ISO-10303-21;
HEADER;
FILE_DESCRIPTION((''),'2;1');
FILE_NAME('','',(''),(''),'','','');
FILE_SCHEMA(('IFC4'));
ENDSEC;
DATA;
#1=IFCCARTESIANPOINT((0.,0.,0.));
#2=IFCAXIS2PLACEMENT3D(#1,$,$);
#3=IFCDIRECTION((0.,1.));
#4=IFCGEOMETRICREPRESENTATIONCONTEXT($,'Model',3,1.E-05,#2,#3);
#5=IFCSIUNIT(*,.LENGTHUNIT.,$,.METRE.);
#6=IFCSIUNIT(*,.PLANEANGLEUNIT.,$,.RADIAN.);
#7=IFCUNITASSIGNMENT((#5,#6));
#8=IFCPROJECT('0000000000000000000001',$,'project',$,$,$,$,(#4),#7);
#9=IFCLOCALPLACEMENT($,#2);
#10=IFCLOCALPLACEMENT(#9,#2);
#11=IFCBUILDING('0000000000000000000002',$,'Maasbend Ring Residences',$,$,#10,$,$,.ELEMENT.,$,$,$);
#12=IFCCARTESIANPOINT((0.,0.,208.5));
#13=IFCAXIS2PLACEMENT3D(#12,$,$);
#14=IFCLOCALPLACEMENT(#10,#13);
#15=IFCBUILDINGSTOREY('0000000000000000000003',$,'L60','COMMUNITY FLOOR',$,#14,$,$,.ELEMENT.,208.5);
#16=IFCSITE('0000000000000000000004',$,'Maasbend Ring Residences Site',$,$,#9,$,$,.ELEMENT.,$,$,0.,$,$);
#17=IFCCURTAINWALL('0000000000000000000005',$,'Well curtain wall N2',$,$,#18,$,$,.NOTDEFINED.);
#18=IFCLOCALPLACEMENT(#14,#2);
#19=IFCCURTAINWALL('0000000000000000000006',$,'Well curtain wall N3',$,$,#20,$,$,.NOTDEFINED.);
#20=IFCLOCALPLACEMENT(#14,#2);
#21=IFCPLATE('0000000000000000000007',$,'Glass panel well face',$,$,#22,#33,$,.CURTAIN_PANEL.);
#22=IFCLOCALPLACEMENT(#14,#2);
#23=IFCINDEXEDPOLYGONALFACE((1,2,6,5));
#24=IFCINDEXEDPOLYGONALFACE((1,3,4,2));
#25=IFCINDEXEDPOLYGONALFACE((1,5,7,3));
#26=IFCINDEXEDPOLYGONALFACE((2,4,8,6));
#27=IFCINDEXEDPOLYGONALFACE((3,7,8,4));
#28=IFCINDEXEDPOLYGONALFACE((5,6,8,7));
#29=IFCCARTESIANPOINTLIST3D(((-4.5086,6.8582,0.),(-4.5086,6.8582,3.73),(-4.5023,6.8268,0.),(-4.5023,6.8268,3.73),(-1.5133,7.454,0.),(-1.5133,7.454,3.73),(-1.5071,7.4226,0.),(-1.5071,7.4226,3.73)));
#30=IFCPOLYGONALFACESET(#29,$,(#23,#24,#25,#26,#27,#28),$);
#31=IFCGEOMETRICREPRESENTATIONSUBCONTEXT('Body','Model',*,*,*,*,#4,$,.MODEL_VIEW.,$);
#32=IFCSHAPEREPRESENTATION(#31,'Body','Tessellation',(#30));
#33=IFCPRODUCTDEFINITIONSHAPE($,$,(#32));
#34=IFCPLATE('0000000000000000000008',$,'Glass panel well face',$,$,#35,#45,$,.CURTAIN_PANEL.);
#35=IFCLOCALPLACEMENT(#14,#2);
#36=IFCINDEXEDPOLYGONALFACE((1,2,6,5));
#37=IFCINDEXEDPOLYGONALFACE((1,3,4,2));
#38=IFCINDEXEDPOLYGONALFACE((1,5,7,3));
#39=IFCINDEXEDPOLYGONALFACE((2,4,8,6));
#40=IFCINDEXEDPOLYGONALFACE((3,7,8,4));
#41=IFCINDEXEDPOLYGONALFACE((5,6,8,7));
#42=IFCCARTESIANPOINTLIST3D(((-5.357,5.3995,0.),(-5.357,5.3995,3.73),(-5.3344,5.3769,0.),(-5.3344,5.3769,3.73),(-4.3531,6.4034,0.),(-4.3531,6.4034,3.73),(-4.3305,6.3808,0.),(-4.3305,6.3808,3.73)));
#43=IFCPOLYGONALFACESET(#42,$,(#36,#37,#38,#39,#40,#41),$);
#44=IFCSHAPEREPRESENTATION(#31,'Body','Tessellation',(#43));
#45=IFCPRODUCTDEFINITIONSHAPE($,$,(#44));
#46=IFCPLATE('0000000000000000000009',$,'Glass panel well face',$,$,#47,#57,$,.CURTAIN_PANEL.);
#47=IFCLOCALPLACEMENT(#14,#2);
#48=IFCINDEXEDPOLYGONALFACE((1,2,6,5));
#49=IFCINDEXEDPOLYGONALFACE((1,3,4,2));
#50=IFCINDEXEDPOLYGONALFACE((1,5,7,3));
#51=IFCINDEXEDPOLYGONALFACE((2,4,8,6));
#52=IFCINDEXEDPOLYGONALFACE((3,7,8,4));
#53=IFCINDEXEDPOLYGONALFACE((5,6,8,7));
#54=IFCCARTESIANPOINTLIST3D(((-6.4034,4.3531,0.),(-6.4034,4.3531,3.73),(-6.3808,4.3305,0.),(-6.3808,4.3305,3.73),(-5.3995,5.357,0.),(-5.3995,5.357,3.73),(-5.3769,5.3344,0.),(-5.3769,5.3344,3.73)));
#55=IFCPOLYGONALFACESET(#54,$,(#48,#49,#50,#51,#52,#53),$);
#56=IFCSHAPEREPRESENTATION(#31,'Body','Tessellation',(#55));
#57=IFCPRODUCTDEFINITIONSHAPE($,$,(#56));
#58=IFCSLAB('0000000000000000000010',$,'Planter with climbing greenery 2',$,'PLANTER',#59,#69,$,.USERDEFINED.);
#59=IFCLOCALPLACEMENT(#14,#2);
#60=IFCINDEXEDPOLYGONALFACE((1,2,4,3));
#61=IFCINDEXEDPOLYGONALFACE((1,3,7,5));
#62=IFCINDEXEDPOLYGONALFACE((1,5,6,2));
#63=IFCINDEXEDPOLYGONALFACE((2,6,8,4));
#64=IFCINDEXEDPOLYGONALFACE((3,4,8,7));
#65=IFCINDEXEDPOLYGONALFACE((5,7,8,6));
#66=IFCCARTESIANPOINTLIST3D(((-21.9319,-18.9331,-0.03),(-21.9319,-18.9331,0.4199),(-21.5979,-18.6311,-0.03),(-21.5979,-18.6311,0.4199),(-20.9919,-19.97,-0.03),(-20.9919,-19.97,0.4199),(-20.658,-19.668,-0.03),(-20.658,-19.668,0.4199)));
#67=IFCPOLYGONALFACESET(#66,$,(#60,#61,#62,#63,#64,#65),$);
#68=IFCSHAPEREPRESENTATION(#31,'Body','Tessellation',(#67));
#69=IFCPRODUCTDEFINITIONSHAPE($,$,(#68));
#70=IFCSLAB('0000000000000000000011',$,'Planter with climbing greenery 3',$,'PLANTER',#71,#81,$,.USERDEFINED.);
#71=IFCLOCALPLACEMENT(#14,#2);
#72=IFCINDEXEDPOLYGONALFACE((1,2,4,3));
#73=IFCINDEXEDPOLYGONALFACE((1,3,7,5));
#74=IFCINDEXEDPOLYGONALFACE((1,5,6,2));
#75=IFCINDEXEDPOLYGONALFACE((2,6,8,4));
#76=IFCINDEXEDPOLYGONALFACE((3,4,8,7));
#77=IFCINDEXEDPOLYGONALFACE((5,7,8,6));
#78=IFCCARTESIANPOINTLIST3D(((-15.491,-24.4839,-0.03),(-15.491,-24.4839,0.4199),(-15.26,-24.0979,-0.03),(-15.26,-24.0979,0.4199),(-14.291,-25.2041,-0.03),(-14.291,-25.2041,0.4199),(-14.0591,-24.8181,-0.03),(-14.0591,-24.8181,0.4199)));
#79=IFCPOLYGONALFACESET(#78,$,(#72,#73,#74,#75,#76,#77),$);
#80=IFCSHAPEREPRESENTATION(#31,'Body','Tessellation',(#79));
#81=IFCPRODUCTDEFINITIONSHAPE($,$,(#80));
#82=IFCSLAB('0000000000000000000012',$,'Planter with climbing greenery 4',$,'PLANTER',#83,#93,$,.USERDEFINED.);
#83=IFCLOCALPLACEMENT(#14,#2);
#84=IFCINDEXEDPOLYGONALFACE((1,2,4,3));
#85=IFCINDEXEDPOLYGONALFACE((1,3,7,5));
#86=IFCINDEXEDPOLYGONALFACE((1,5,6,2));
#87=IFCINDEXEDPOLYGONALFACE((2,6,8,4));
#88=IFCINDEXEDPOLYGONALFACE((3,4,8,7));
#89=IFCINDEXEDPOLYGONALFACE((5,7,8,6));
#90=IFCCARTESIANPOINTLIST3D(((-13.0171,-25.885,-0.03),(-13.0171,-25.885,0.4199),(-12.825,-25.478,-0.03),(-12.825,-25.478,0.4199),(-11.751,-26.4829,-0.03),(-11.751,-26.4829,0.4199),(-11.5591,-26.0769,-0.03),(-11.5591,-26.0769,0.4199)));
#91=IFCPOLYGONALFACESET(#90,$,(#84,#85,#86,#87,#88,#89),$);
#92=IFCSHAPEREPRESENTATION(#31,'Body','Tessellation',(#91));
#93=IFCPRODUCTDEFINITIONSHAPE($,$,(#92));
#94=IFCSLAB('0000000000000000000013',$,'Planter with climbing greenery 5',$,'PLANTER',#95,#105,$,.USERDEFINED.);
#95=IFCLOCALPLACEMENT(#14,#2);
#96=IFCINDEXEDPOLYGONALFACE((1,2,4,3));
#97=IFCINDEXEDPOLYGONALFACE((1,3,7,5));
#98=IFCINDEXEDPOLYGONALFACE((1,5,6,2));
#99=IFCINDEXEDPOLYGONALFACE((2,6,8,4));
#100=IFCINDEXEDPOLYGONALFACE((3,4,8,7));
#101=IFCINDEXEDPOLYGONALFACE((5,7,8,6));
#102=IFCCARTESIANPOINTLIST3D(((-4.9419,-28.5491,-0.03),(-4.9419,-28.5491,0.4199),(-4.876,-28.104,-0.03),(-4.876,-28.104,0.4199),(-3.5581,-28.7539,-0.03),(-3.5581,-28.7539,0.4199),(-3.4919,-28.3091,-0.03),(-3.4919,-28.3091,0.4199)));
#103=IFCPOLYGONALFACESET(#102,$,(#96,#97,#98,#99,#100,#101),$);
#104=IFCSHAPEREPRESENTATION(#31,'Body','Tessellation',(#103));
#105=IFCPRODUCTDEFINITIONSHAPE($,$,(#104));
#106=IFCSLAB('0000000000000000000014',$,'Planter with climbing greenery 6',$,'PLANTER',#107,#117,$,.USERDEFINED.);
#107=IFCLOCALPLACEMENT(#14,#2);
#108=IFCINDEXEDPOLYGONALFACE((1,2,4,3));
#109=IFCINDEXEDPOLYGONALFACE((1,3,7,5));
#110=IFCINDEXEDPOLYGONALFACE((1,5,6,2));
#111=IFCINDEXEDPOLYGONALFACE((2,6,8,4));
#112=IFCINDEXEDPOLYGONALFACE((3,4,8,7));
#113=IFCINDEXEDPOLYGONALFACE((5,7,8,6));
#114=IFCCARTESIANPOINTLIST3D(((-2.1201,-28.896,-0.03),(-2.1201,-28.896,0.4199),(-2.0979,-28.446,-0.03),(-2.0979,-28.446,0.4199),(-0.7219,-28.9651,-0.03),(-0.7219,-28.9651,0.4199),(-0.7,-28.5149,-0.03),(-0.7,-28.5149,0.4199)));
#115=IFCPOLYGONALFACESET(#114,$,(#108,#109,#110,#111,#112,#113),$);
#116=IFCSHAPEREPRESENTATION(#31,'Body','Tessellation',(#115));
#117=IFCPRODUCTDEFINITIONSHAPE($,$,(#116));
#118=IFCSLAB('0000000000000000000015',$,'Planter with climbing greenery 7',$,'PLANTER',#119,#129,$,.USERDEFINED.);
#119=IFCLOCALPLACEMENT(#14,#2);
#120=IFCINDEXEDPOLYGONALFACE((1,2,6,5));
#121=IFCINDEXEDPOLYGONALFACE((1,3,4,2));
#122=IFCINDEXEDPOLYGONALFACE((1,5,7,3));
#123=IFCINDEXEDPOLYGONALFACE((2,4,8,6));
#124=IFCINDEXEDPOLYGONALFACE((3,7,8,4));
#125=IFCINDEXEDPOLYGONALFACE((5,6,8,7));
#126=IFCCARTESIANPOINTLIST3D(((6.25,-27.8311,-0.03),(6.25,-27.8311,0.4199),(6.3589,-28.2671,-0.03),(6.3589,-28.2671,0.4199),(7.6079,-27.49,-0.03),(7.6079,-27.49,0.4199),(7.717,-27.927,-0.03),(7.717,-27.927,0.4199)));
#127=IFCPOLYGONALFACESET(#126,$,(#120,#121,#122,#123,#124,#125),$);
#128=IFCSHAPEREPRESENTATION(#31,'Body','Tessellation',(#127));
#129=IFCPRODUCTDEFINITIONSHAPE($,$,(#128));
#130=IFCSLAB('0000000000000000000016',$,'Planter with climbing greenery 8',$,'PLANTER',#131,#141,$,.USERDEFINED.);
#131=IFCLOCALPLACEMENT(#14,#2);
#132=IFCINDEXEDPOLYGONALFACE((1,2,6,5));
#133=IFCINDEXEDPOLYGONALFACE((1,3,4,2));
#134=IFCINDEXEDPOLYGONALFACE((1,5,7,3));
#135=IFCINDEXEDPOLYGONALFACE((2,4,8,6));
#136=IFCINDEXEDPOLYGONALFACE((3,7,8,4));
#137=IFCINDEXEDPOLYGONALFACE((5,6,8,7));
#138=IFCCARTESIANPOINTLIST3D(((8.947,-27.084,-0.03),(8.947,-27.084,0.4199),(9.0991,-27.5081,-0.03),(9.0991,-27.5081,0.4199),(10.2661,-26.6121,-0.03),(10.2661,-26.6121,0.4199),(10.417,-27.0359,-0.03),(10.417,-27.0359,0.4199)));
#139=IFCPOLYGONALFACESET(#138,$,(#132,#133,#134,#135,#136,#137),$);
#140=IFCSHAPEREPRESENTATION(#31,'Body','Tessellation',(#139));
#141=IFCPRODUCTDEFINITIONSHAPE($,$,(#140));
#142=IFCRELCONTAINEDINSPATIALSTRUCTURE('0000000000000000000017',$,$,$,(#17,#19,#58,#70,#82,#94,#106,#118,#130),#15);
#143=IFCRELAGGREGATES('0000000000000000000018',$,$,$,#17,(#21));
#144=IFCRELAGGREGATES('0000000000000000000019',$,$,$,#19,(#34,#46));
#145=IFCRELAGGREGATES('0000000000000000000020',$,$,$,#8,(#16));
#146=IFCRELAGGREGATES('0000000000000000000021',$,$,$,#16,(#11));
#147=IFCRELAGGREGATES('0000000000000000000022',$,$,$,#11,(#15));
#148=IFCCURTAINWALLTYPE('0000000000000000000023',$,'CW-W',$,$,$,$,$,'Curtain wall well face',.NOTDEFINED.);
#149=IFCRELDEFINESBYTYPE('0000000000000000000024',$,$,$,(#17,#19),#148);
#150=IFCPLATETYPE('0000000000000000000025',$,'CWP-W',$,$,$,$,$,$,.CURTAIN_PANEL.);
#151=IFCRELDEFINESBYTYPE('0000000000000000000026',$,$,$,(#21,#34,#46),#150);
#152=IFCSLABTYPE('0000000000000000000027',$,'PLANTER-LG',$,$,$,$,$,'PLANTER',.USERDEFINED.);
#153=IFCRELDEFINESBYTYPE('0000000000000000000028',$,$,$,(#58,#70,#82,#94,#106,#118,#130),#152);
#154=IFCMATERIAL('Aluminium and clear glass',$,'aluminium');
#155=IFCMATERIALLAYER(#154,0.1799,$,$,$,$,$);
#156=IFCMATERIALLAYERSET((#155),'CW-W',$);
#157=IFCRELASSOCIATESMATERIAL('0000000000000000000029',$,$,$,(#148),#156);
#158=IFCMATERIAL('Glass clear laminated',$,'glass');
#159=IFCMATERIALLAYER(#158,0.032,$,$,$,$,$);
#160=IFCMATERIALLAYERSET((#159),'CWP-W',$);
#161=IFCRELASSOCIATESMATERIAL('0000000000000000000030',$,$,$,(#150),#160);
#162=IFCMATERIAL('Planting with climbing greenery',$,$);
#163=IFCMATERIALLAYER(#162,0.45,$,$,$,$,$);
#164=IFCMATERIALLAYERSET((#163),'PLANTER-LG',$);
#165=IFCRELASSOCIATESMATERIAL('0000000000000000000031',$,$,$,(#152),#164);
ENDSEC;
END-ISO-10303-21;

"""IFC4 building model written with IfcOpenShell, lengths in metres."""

from ifc_helpers import new_model, si_unit, direction, frame, origin, origin_2d, place, context, subcontext, project, spatial, polyline, rectangle, outline, extrude, material, layer, layer_set, type_object, element, aggregate, save


model = new_model("IFC4")

# Units and contexts
model_context = context("Model", 3, precision=1e-05, world=origin(), true_north=direction((0.0, 1.0)))
body_context = subcontext(model_context, "Body", "Model", "MODEL_VIEW")
ifc_project = project(units=[si_unit("LENGTHUNIT", "METRE"), si_unit("PLANEANGLEUNIT", "RADIAN")], contexts=[model_context])

# Site, building, storey
site_placement = place(None, origin())
site = spatial("IfcSite", under=ifc_project, at=site_placement, Name="Maasbend Ring Residences Site", CompositionType="ELEMENT", RefElevation=0.0)
building_placement = place(site_placement, origin())
building = spatial("IfcBuilding", under=site, at=building_placement, Name="Maasbend Ring Residences", CompositionType="ELEMENT")
storey_placement = place(building_placement, frame((0.0, 0.0, 208.5)))
storey = spatial("IfcBuildingStorey", under=building, at=storey_placement, Name="L60", Description="COMMUNITY FLOOR", CompositionType="ELEMENT", Elevation=208.5)

# Curtain walls
ifc_material_1 = material(Name="Aluminium and clear glass", Category="aluminium")
ifc_layer_1 = layer(ifc_material_1, 0.1799)
ifc_layer_set_1 = layer_set([ifc_layer_1], Name="CW-W")
curtain_wall_type = type_object("IfcCurtainWallType", Name="CW-W", ElementType="Curtain wall well face", PredefinedType="NOTDEFINED", material=ifc_layer_set_1)
curtain_wall_1_placement = place(storey_placement, origin())
curtain_wall_1 = element("IfcCurtainWall", 1, at=curtain_wall_1_placement, inside=storey, type_object=curtain_wall_type, Name="Well curtain wall N2", PredefinedType="NOTDEFINED")
curtain_wall_2_placement = place(storey_placement, origin())
curtain_wall_2 = element("IfcCurtainWall", 2, at=curtain_wall_2_placement, inside=storey, type_object=curtain_wall_type, Name="Well curtain wall N3", PredefinedType="NOTDEFINED")

# Plates
ifc_material_2 = material(Name="Glass clear laminated", Category="glass")
ifc_layer_2 = layer(ifc_material_2, 0.032)
ifc_layer_set_2 = layer_set([ifc_layer_2], Name="CWP-W")
plate_type = type_object("IfcPlateType", Name="CWP-W", PredefinedType="CURTAIN_PANEL", material=ifc_layer_set_2)
plate_1_placement = place(storey_placement, frame((-3.0078, 7.1404, 0.0), z_axis=(0.0, 0.0, 1.0), x_axis=(-0.980785, -0.19509, 0.0)))
plate_1 = element("IfcPlate", 3, at=plate_1_placement, type_object=plate_type, Name="Glass panel well face", PredefinedType="CURTAIN_PANEL", context=body_context, shape_type="SweptSolid", body=[
    extrude(rectangle(XDim=3.054, YDim=0.032, at=origin_2d()), origin(), (0.0, 0.0, 1.0), 3.73),
])
aggregate(curtain_wall_1, [plate_1])
plate_2_placement = place(storey_placement, frame((-4.8438, 5.8901, 0.0), z_axis=(0.0, 0.0, 1.0), x_axis=(-0.707107, -0.707107, 0.0)))
plate_2 = element("IfcPlate", 4, at=plate_2_placement, type_object=plate_type, Name="Glass panel well face", PredefinedType="CURTAIN_PANEL", context=body_context, shape_type="SweptSolid", body=[
    extrude(rectangle(XDim=1.4197, YDim=0.032, at=origin_2d()), origin(), (0.0, 0.0, 1.0), 3.73),
])
plate_3_placement = place(storey_placement, frame((-5.8901, 4.8438, 0.0), z_axis=(0.0, 0.0, 1.0), x_axis=(-0.707107, -0.707107, 0.0)))
plate_3 = element("IfcPlate", 5, at=plate_3_placement, type_object=plate_type, Name="Glass panel well face", PredefinedType="CURTAIN_PANEL", context=body_context, shape_type="SweptSolid", body=[
    extrude(rectangle(XDim=1.4197, YDim=0.032, at=origin_2d()), origin(), (0.0, 0.0, 1.0), 3.73),
])
aggregate(curtain_wall_2, [plate_2, plate_3])

# Slabs
ifc_material_3 = material(Name="Planting with climbing greenery")
ifc_layer_3 = layer(ifc_material_3, 0.45)
ifc_layer_set_3 = layer_set([ifc_layer_3], Name="PLANTER-LG")
slab_type = type_object("IfcSlabType", Name="PLANTER-LG", ElementType="PLANTER", PredefinedType="USERDEFINED", material=ifc_layer_set_3)
slab_1_placement = place(storey_placement, frame((0.0, 0.0, -0.03)))
element("IfcSlab", 6, at=slab_1_placement, inside=storey, type_object=slab_type, Name="Planter with climbing greenery 2", ObjectType="PLANTER", PredefinedType="USERDEFINED", context=body_context, shape_type="SweptSolid", body=[
    extrude(outline(polyline([(-21.9319, -18.9331), (-20.9919, -19.97), (-20.658, -19.668), (-21.5979, -18.6311), (-21.9319, -18.9331)])), origin(), (0.0, 0.0, 1.0), 0.45),
])
slab_2_placement = place(storey_placement, frame((0.0, 0.0, -0.03)))
element("IfcSlab", 7, at=slab_2_placement, inside=storey, type_object=slab_type, Name="Planter with climbing greenery 3", ObjectType="PLANTER", PredefinedType="USERDEFINED", context=body_context, shape_type="SweptSolid", body=[
    extrude(outline(polyline([(-15.491, -24.4839), (-14.291, -25.2041), (-14.0591, -24.8181), (-15.26, -24.0979), (-15.491, -24.4839)])), origin(), (0.0, 0.0, 1.0), 0.45),
])
slab_3_placement = place(storey_placement, frame((0.0, 0.0, -0.03)))
element("IfcSlab", 8, at=slab_3_placement, inside=storey, type_object=slab_type, Name="Planter with climbing greenery 4", ObjectType="PLANTER", PredefinedType="USERDEFINED", context=body_context, shape_type="SweptSolid", body=[
    extrude(outline(polyline([(-13.0171, -25.885), (-11.751, -26.4829), (-11.5591, -26.0769), (-12.825, -25.478), (-13.0171, -25.885)])), origin(), (0.0, 0.0, 1.0), 0.45),
])
slab_4_placement = place(storey_placement, frame((0.0, 0.0, -0.03)))
element("IfcSlab", 9, at=slab_4_placement, inside=storey, type_object=slab_type, Name="Planter with climbing greenery 5", ObjectType="PLANTER", PredefinedType="USERDEFINED", context=body_context, shape_type="SweptSolid", body=[
    extrude(outline(polyline([(-4.9419, -28.5491), (-3.5581, -28.7539), (-3.4919, -28.3091), (-4.876, -28.104), (-4.9419, -28.5491)])), origin(), (0.0, 0.0, 1.0), 0.45),
])
slab_5_placement = place(storey_placement, frame((0.0, 0.0, -0.03)))
element("IfcSlab", 10, at=slab_5_placement, inside=storey, type_object=slab_type, Name="Planter with climbing greenery 6", ObjectType="PLANTER", PredefinedType="USERDEFINED", context=body_context, shape_type="SweptSolid", body=[
    extrude(outline(polyline([(-2.1201, -28.896), (-0.7219, -28.9651), (-0.7, -28.5149), (-2.0979, -28.446), (-2.1201, -28.896)])), origin(), (0.0, 0.0, 1.0), 0.45),
])
slab_6_placement = place(storey_placement, frame((0.0, 0.0, -0.03)))
element("IfcSlab", 11, at=slab_6_placement, inside=storey, type_object=slab_type, Name="Planter with climbing greenery 7", ObjectType="PLANTER", PredefinedType="USERDEFINED", context=body_context, shape_type="SweptSolid", body=[
    extrude(outline(polyline([(6.3589, -28.2671), (7.717, -27.927), (7.6079, -27.49), (6.25, -27.8311), (6.3589, -28.2671)])), origin(), (0.0, 0.0, 1.0), 0.45),
])
slab_7_placement = place(storey_placement, frame((0.0, 0.0, -0.03)))
element("IfcSlab", 12, at=slab_7_placement, inside=storey, type_object=slab_type, Name="Planter with climbing greenery 8", ObjectType="PLANTER", PredefinedType="USERDEFINED", context=body_context, shape_type="SweptSolid", body=[
    extrude(outline(polyline([(9.0991, -27.5081), (10.417, -27.0359), (10.2661, -26.6121), (8.947, -27.084), (9.0991, -27.5081)])), origin(), (0.0, 0.0, 1.0), 0.45),
])

save(model, "model.ifc")
